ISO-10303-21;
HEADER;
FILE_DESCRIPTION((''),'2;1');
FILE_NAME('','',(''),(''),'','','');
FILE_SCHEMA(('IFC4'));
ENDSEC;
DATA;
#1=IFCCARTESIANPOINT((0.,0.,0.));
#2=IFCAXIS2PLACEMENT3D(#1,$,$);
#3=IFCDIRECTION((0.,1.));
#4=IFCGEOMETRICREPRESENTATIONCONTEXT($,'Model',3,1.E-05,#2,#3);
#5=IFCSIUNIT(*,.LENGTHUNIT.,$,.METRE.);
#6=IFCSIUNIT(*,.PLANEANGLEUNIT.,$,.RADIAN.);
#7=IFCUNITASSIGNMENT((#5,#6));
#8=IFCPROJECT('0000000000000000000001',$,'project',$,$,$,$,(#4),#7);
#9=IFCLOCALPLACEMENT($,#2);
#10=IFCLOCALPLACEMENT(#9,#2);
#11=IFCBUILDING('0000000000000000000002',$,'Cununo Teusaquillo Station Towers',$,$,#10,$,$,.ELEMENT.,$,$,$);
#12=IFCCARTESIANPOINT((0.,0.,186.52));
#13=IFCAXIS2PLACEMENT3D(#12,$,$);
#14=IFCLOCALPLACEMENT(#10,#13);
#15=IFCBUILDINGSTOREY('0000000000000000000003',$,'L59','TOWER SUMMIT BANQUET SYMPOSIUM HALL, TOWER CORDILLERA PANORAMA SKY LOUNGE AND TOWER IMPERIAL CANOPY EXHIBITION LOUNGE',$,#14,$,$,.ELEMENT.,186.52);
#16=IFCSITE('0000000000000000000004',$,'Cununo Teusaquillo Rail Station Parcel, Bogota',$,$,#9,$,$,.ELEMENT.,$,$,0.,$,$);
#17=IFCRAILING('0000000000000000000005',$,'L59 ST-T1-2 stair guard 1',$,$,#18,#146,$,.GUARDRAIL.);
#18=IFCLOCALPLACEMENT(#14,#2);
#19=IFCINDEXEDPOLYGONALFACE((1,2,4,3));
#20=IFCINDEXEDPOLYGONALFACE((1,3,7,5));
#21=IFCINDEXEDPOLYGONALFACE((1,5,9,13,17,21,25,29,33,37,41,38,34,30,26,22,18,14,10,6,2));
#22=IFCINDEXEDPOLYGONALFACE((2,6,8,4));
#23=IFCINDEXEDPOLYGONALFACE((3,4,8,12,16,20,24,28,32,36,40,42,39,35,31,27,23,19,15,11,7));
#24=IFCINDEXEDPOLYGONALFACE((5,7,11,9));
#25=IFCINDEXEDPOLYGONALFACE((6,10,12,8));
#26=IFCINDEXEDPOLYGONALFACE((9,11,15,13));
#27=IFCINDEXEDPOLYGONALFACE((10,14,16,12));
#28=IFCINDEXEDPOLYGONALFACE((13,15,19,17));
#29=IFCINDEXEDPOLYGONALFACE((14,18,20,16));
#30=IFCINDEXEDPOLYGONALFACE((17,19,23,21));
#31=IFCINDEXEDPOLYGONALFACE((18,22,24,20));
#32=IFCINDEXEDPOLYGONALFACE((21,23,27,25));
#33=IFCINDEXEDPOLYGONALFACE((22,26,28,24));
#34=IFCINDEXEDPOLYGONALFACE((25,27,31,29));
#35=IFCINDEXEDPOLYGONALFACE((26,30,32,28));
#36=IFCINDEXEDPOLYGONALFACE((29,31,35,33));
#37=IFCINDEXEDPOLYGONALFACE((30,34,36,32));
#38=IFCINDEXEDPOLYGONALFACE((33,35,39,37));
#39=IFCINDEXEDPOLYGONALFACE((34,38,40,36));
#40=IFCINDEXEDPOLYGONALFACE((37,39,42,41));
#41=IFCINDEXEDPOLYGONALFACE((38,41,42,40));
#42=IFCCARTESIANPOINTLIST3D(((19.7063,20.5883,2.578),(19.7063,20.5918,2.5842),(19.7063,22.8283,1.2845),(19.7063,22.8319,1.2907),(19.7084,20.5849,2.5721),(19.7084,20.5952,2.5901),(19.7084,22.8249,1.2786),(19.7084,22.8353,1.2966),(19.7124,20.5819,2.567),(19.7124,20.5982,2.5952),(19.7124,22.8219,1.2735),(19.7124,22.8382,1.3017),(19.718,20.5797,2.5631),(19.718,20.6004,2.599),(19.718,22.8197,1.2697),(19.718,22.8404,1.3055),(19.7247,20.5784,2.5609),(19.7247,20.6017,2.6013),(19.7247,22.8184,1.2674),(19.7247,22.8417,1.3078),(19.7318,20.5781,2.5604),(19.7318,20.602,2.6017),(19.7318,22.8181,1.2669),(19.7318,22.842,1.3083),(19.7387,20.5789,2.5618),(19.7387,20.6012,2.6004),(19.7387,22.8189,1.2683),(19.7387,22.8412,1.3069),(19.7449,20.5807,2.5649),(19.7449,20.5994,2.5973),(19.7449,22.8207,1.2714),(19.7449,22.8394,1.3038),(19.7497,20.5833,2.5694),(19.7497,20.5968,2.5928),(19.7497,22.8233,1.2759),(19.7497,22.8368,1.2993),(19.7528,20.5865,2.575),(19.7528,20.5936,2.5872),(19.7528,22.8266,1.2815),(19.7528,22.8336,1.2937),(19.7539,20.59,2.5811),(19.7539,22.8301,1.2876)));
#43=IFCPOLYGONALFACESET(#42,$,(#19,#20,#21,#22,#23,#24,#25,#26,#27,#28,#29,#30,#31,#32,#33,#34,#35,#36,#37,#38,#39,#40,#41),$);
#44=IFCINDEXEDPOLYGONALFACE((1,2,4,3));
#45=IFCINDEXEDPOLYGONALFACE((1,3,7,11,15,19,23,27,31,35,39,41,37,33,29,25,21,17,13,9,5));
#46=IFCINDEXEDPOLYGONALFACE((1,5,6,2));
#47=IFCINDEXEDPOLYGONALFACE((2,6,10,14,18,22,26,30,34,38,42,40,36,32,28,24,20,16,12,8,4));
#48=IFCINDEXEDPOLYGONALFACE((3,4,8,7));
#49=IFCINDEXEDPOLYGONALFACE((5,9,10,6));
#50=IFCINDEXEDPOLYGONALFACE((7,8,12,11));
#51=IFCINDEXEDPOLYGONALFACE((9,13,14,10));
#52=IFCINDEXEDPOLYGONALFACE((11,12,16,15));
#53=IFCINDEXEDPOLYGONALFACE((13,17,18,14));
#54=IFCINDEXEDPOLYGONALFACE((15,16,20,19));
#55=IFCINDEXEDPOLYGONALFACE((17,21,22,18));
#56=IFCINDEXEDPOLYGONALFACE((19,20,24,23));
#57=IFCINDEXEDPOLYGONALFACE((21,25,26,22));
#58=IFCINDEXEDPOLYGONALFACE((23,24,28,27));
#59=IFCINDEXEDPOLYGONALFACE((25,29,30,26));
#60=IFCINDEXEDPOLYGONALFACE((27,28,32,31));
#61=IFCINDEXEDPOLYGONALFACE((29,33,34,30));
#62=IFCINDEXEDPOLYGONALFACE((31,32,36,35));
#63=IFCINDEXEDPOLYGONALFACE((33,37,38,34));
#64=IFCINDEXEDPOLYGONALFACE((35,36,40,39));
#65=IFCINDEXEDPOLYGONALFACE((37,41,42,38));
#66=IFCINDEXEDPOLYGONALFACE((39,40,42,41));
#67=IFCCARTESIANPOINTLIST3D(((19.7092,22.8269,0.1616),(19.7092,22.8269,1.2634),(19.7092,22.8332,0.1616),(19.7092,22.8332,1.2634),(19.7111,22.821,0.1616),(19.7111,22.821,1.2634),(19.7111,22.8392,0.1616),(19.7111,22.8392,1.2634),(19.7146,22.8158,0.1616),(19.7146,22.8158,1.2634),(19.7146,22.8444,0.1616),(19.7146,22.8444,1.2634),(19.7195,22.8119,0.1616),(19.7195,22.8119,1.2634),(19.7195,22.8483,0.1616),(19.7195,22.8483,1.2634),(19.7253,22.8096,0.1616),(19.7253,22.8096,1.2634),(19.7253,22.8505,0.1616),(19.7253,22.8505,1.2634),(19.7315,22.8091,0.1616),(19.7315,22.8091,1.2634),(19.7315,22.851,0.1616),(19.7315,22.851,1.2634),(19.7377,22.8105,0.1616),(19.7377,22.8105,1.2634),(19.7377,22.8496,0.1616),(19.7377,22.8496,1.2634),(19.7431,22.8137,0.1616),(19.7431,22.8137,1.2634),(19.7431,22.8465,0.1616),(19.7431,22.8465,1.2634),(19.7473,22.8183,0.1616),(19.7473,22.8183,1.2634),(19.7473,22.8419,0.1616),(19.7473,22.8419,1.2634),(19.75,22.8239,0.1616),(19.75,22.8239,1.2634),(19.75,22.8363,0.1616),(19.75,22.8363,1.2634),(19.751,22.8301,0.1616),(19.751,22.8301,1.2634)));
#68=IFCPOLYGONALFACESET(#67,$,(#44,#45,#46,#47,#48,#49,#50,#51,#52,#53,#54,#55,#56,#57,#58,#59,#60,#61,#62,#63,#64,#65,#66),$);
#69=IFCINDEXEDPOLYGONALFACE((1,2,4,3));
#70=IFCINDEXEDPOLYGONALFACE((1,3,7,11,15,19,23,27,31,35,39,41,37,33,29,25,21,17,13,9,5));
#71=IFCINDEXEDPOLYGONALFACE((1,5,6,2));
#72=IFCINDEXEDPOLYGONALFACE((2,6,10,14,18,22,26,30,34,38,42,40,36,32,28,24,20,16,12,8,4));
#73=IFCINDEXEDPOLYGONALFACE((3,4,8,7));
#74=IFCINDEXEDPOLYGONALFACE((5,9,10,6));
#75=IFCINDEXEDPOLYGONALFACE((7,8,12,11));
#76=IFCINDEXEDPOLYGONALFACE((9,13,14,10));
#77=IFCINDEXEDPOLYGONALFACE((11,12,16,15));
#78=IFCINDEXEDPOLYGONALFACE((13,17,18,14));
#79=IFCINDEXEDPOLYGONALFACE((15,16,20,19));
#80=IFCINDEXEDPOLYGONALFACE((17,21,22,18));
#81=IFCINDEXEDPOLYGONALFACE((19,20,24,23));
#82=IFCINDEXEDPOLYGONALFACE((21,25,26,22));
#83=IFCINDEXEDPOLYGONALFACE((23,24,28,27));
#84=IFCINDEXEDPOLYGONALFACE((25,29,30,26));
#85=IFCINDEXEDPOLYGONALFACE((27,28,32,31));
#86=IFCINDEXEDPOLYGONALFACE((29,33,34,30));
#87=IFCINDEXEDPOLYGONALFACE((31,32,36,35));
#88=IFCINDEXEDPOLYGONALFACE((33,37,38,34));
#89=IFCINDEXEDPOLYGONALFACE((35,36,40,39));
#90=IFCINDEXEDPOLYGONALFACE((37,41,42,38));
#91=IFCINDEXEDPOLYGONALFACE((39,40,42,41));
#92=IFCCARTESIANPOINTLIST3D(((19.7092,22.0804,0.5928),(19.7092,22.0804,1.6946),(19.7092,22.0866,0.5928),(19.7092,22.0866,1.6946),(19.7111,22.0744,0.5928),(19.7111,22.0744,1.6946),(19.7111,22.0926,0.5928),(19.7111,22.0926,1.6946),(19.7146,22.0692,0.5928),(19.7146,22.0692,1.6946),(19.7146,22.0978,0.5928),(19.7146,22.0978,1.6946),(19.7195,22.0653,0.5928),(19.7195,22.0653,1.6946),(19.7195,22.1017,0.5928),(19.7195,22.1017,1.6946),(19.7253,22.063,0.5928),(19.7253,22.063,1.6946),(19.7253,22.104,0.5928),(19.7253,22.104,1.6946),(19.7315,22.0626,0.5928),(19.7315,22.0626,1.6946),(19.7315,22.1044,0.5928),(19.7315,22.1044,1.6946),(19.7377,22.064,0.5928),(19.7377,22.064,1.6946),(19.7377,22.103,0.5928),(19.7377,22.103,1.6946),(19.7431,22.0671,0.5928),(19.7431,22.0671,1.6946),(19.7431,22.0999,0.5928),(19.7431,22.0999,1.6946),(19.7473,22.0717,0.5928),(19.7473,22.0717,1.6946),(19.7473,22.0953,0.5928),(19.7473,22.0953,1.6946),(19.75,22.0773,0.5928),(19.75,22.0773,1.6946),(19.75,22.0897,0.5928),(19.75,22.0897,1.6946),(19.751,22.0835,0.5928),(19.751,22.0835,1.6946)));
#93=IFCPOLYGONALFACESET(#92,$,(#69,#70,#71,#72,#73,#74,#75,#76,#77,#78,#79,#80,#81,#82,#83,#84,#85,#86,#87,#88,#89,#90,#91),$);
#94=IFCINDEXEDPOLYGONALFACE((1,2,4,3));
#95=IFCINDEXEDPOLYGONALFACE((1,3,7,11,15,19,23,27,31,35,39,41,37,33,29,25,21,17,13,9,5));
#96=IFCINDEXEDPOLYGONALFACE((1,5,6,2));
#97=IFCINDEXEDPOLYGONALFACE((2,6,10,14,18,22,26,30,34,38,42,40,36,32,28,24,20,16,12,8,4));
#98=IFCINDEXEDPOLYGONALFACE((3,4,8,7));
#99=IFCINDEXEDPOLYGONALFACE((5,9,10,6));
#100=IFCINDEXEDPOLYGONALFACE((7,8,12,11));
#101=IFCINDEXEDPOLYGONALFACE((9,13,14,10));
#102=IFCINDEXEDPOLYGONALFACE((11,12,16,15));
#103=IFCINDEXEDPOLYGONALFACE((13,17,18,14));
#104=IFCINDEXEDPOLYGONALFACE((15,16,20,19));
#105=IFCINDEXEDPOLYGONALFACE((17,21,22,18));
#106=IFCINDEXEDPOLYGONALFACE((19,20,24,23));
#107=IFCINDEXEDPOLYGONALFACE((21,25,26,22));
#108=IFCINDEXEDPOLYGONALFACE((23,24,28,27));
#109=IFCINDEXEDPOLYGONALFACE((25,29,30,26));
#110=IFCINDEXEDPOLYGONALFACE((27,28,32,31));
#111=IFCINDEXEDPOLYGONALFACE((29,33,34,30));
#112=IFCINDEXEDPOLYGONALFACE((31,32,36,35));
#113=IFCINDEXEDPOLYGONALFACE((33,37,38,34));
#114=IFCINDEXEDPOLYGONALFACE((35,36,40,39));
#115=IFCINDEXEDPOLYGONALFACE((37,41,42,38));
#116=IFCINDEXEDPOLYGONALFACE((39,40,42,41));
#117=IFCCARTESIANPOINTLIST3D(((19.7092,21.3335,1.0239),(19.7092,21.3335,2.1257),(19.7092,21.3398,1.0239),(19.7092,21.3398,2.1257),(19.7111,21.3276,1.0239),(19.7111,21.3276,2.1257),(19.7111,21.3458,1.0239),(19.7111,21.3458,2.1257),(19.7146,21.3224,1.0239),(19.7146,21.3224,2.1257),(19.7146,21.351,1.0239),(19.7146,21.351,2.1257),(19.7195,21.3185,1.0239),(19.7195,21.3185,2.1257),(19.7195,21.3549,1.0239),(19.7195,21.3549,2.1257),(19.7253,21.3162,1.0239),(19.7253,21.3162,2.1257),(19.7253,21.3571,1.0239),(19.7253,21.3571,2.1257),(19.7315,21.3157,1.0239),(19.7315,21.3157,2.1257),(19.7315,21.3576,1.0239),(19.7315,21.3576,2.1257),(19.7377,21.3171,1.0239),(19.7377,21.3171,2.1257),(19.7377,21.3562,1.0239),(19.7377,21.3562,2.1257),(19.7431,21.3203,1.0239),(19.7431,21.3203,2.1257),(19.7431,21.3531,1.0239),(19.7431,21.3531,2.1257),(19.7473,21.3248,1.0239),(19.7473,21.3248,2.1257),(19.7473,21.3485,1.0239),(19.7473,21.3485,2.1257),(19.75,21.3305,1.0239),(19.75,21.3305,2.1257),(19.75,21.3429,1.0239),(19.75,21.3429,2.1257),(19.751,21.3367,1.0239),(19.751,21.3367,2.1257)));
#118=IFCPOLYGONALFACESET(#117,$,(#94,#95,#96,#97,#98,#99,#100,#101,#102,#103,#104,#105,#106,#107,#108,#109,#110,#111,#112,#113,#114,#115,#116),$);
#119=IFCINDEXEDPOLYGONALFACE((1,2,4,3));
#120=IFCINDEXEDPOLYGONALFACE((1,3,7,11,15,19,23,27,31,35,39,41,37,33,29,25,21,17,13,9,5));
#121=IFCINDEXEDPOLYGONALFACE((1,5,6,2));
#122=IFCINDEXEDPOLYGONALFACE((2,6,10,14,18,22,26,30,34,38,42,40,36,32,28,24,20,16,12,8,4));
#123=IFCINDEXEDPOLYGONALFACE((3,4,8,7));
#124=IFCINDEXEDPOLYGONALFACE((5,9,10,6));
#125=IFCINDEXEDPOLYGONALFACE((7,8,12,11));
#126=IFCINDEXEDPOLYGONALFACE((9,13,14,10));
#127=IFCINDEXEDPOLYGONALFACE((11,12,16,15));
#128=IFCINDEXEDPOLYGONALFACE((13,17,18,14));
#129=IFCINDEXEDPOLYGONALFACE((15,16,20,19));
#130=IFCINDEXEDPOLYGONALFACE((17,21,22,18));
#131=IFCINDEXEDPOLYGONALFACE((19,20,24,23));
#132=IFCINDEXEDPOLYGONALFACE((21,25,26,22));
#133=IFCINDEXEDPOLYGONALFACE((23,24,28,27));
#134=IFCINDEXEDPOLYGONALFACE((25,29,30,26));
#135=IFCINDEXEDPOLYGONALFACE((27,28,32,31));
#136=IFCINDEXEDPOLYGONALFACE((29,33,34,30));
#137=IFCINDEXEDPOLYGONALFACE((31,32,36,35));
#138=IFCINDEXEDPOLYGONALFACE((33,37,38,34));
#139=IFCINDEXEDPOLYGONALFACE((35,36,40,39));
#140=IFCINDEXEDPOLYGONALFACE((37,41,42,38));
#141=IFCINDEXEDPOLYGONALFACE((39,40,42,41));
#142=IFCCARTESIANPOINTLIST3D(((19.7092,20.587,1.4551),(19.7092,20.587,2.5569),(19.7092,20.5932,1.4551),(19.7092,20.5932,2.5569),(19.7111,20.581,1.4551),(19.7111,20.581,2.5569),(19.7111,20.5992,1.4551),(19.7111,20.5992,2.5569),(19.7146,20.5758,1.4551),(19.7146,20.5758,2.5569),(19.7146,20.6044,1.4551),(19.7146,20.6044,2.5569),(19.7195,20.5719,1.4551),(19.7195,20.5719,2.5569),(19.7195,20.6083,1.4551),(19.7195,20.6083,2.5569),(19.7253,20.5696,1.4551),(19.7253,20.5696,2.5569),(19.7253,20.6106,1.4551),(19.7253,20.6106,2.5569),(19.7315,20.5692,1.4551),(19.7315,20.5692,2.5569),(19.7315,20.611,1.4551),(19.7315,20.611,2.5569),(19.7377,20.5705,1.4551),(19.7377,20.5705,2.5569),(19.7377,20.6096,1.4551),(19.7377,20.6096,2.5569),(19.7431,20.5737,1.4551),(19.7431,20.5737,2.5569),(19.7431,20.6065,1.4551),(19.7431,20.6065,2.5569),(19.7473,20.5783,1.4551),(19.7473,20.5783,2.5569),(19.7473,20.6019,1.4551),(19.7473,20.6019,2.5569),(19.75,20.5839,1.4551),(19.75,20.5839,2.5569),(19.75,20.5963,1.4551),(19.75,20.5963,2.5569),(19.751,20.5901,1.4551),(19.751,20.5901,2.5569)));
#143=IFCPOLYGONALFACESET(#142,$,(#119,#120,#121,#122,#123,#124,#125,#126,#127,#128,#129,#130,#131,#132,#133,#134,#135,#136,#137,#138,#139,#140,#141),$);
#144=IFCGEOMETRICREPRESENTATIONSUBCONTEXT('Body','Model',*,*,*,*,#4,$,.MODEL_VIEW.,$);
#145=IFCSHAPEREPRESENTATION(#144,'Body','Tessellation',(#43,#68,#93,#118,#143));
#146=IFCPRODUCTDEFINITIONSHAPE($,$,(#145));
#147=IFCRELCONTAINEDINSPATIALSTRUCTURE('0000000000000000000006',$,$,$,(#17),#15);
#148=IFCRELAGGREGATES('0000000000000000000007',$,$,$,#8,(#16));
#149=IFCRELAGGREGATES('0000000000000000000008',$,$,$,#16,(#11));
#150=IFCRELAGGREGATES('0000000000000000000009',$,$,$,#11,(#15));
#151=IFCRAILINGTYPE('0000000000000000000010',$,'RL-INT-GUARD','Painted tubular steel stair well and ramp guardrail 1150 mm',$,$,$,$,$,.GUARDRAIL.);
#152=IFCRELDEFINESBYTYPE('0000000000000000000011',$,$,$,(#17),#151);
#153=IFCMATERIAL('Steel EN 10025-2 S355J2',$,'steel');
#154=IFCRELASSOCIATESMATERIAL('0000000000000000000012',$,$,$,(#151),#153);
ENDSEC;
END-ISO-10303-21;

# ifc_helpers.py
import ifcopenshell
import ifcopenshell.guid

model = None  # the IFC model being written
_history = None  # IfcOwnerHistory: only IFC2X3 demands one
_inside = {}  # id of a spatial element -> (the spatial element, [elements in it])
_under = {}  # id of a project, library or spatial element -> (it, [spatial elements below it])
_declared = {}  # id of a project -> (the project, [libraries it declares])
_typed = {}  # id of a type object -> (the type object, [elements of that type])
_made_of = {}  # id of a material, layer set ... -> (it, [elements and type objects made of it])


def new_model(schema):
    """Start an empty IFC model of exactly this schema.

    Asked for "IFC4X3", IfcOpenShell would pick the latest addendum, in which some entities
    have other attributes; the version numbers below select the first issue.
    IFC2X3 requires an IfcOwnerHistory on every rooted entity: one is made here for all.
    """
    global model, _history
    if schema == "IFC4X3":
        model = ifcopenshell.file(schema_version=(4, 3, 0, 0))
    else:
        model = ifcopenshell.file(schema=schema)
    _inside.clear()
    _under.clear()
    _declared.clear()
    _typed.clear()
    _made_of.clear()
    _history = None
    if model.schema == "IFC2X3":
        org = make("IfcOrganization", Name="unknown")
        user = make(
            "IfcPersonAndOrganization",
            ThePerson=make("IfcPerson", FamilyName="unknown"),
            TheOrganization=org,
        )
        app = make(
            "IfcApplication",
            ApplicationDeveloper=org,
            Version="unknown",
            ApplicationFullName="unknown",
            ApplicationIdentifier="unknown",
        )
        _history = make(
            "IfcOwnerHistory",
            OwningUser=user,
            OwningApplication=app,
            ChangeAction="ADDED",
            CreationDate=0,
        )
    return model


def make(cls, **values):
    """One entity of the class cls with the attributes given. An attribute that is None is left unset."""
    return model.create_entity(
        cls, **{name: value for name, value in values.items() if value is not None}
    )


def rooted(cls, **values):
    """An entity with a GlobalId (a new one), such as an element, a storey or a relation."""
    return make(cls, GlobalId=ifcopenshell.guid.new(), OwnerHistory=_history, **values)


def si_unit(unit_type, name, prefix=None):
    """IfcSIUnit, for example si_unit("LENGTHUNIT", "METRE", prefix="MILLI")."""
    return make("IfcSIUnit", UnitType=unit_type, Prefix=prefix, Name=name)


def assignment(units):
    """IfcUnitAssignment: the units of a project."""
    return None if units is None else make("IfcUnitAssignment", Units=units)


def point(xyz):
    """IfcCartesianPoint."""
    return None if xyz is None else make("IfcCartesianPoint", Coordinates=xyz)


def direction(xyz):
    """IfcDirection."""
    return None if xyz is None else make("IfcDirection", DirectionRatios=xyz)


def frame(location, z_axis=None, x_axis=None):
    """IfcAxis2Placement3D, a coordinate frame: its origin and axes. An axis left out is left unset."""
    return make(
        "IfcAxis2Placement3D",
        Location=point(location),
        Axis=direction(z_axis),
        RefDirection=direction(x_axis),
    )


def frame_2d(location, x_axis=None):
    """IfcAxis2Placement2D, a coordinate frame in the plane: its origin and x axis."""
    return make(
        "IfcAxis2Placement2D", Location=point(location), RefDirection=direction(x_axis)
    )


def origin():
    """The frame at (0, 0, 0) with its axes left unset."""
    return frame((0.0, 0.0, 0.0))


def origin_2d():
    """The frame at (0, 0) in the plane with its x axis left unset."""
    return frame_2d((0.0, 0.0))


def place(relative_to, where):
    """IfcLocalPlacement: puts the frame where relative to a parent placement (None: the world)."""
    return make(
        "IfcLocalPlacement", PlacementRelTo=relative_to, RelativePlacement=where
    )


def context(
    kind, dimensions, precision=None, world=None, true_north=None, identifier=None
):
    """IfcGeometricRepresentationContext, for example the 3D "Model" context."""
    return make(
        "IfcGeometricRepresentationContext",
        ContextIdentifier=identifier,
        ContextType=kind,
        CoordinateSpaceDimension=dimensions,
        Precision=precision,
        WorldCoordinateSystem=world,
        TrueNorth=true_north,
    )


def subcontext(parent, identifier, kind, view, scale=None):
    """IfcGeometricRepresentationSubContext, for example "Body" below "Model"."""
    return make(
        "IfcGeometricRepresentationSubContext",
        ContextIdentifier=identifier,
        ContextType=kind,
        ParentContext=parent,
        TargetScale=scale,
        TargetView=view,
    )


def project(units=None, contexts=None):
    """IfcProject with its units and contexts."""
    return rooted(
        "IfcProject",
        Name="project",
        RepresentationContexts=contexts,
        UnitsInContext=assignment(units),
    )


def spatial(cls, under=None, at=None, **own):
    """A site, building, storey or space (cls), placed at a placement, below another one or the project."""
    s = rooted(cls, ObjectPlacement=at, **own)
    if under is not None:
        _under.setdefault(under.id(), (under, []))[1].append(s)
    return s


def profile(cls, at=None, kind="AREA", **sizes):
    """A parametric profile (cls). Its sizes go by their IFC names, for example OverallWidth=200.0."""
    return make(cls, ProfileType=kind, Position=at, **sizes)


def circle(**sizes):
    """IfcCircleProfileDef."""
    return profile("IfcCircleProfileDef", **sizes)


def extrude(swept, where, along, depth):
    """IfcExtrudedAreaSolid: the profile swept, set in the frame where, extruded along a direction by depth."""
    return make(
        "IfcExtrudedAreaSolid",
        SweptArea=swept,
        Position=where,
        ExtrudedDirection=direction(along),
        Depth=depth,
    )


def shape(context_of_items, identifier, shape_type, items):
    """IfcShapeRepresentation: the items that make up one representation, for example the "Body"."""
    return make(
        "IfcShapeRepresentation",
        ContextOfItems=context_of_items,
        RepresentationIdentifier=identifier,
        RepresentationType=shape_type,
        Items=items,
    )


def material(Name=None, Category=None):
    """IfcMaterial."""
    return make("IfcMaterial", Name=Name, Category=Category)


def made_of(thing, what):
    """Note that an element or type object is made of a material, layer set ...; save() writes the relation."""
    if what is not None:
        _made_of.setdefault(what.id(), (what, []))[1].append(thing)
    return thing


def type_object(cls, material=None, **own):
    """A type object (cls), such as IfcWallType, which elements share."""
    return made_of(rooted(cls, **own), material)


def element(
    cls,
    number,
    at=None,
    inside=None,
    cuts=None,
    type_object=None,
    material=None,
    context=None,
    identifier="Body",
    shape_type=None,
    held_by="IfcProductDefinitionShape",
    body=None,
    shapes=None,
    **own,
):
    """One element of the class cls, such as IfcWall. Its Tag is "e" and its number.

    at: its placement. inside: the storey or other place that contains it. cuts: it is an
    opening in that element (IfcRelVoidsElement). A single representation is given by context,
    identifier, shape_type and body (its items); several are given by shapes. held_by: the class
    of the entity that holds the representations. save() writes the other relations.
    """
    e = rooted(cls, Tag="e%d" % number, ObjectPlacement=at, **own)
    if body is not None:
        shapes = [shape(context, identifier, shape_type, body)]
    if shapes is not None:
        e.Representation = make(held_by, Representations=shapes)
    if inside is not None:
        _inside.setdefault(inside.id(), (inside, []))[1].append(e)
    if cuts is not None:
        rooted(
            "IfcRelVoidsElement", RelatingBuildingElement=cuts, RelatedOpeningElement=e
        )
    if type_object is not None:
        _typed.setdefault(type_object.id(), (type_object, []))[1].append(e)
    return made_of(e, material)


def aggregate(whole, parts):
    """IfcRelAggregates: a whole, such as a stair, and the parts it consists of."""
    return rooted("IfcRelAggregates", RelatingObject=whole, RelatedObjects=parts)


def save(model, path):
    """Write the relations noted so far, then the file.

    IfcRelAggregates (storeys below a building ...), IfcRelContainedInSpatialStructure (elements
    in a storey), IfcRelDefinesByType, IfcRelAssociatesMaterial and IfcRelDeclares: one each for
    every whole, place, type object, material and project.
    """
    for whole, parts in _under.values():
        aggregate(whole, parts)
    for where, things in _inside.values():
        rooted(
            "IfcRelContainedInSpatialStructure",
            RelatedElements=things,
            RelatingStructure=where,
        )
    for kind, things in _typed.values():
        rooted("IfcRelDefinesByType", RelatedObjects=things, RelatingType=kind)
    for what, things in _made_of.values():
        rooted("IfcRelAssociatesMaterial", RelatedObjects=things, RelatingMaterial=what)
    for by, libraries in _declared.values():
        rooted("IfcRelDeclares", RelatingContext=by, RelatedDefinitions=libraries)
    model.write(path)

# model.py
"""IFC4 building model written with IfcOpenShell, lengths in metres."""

from ifc_helpers import new_model, si_unit, direction, frame, origin, origin_2d, place, context, subcontext, project, spatial, circle, extrude, material, type_object, element, save


model = new_model("IFC4")

# Units and contexts
model_context = context("Model", 3, precision=1e-05, world=origin(), true_north=direction((0.0, 1.0)))
body_context = subcontext(model_context, "Body", "Model", "MODEL_VIEW")
ifc_project = project(units=[si_unit("LENGTHUNIT", "METRE"), si_unit("PLANEANGLEUNIT", "RADIAN")], contexts=[model_context])

# Site, building, storey
site_placement = place(None, origin())
site = spatial("IfcSite", under=ifc_project, at=site_placement, Name="Cununo Teusaquillo Rail Station Parcel, Bogota", CompositionType="ELEMENT", RefElevation=0.0)
building_placement = place(site_placement, origin())
building = spatial("IfcBuilding", under=site, at=building_placement, Name="Cununo Teusaquillo Station Towers", CompositionType="ELEMENT")
storey_placement = place(building_placement, frame((0.0, 0.0, 186.52)))
storey = spatial("IfcBuildingStorey", under=building, at=storey_placement, Name="L59", Description="TOWER SUMMIT BANQUET SYMPOSIUM HALL, TOWER CORDILLERA PANORAMA SKY LOUNGE AND TOWER IMPERIAL CANOPY EXHIBITION LOUNGE", CompositionType="ELEMENT", Elevation=186.52)

# Railing
ifc_material_1 = material(Name="Steel EN 10025-2 S355J2", Category="steel")
railing_type_1 = type_object("IfcRailingType", Name="RL-INT-GUARD", Description="Painted tubular steel stair well and ramp guardrail 1150 mm", PredefinedType="GUARDRAIL", material=ifc_material_1)
railing_1_placement = place(storey_placement, frame((19.73, 22.8301, 0.1616)))
element("IfcRailing", 1, at=railing_1_placement, inside=storey, type_object=railing_type_1, Name="L59 ST-T1-2 stair guard 1", PredefinedType="GUARDRAIL", context=body_context, shape_type="SweptSolid", body=[
    extrude(circle(Radius=0.0239, at=origin_2d()), frame((0.0, 0.0, 1.126), z_axis=(0.0, -0.865992, 0.500057), x_axis=(1.0, 0.0, 0.0)), (0.0, 0.0, 1.0), 2.5867),
    extrude(circle(Radius=0.021, at=origin_2d()), origin(), (0.0, 0.0, 1.0), 1.1018),
    extrude(circle(Radius=0.021, at=origin_2d()), frame((0.0, -0.7466, 0.4312)), (0.0, 0.0, 1.0), 1.1018),
    extrude(circle(Radius=0.021, at=origin_2d()), frame((0.0, -1.4934, 0.8623)), (0.0, 0.0, 1.0), 1.1018),
    extrude(circle(Radius=0.021, at=origin_2d()), frame((0.0, -2.24, 1.2935)), (0.0, 0.0, 1.0), 1.1018),
])

save(model, "model.ifc")
